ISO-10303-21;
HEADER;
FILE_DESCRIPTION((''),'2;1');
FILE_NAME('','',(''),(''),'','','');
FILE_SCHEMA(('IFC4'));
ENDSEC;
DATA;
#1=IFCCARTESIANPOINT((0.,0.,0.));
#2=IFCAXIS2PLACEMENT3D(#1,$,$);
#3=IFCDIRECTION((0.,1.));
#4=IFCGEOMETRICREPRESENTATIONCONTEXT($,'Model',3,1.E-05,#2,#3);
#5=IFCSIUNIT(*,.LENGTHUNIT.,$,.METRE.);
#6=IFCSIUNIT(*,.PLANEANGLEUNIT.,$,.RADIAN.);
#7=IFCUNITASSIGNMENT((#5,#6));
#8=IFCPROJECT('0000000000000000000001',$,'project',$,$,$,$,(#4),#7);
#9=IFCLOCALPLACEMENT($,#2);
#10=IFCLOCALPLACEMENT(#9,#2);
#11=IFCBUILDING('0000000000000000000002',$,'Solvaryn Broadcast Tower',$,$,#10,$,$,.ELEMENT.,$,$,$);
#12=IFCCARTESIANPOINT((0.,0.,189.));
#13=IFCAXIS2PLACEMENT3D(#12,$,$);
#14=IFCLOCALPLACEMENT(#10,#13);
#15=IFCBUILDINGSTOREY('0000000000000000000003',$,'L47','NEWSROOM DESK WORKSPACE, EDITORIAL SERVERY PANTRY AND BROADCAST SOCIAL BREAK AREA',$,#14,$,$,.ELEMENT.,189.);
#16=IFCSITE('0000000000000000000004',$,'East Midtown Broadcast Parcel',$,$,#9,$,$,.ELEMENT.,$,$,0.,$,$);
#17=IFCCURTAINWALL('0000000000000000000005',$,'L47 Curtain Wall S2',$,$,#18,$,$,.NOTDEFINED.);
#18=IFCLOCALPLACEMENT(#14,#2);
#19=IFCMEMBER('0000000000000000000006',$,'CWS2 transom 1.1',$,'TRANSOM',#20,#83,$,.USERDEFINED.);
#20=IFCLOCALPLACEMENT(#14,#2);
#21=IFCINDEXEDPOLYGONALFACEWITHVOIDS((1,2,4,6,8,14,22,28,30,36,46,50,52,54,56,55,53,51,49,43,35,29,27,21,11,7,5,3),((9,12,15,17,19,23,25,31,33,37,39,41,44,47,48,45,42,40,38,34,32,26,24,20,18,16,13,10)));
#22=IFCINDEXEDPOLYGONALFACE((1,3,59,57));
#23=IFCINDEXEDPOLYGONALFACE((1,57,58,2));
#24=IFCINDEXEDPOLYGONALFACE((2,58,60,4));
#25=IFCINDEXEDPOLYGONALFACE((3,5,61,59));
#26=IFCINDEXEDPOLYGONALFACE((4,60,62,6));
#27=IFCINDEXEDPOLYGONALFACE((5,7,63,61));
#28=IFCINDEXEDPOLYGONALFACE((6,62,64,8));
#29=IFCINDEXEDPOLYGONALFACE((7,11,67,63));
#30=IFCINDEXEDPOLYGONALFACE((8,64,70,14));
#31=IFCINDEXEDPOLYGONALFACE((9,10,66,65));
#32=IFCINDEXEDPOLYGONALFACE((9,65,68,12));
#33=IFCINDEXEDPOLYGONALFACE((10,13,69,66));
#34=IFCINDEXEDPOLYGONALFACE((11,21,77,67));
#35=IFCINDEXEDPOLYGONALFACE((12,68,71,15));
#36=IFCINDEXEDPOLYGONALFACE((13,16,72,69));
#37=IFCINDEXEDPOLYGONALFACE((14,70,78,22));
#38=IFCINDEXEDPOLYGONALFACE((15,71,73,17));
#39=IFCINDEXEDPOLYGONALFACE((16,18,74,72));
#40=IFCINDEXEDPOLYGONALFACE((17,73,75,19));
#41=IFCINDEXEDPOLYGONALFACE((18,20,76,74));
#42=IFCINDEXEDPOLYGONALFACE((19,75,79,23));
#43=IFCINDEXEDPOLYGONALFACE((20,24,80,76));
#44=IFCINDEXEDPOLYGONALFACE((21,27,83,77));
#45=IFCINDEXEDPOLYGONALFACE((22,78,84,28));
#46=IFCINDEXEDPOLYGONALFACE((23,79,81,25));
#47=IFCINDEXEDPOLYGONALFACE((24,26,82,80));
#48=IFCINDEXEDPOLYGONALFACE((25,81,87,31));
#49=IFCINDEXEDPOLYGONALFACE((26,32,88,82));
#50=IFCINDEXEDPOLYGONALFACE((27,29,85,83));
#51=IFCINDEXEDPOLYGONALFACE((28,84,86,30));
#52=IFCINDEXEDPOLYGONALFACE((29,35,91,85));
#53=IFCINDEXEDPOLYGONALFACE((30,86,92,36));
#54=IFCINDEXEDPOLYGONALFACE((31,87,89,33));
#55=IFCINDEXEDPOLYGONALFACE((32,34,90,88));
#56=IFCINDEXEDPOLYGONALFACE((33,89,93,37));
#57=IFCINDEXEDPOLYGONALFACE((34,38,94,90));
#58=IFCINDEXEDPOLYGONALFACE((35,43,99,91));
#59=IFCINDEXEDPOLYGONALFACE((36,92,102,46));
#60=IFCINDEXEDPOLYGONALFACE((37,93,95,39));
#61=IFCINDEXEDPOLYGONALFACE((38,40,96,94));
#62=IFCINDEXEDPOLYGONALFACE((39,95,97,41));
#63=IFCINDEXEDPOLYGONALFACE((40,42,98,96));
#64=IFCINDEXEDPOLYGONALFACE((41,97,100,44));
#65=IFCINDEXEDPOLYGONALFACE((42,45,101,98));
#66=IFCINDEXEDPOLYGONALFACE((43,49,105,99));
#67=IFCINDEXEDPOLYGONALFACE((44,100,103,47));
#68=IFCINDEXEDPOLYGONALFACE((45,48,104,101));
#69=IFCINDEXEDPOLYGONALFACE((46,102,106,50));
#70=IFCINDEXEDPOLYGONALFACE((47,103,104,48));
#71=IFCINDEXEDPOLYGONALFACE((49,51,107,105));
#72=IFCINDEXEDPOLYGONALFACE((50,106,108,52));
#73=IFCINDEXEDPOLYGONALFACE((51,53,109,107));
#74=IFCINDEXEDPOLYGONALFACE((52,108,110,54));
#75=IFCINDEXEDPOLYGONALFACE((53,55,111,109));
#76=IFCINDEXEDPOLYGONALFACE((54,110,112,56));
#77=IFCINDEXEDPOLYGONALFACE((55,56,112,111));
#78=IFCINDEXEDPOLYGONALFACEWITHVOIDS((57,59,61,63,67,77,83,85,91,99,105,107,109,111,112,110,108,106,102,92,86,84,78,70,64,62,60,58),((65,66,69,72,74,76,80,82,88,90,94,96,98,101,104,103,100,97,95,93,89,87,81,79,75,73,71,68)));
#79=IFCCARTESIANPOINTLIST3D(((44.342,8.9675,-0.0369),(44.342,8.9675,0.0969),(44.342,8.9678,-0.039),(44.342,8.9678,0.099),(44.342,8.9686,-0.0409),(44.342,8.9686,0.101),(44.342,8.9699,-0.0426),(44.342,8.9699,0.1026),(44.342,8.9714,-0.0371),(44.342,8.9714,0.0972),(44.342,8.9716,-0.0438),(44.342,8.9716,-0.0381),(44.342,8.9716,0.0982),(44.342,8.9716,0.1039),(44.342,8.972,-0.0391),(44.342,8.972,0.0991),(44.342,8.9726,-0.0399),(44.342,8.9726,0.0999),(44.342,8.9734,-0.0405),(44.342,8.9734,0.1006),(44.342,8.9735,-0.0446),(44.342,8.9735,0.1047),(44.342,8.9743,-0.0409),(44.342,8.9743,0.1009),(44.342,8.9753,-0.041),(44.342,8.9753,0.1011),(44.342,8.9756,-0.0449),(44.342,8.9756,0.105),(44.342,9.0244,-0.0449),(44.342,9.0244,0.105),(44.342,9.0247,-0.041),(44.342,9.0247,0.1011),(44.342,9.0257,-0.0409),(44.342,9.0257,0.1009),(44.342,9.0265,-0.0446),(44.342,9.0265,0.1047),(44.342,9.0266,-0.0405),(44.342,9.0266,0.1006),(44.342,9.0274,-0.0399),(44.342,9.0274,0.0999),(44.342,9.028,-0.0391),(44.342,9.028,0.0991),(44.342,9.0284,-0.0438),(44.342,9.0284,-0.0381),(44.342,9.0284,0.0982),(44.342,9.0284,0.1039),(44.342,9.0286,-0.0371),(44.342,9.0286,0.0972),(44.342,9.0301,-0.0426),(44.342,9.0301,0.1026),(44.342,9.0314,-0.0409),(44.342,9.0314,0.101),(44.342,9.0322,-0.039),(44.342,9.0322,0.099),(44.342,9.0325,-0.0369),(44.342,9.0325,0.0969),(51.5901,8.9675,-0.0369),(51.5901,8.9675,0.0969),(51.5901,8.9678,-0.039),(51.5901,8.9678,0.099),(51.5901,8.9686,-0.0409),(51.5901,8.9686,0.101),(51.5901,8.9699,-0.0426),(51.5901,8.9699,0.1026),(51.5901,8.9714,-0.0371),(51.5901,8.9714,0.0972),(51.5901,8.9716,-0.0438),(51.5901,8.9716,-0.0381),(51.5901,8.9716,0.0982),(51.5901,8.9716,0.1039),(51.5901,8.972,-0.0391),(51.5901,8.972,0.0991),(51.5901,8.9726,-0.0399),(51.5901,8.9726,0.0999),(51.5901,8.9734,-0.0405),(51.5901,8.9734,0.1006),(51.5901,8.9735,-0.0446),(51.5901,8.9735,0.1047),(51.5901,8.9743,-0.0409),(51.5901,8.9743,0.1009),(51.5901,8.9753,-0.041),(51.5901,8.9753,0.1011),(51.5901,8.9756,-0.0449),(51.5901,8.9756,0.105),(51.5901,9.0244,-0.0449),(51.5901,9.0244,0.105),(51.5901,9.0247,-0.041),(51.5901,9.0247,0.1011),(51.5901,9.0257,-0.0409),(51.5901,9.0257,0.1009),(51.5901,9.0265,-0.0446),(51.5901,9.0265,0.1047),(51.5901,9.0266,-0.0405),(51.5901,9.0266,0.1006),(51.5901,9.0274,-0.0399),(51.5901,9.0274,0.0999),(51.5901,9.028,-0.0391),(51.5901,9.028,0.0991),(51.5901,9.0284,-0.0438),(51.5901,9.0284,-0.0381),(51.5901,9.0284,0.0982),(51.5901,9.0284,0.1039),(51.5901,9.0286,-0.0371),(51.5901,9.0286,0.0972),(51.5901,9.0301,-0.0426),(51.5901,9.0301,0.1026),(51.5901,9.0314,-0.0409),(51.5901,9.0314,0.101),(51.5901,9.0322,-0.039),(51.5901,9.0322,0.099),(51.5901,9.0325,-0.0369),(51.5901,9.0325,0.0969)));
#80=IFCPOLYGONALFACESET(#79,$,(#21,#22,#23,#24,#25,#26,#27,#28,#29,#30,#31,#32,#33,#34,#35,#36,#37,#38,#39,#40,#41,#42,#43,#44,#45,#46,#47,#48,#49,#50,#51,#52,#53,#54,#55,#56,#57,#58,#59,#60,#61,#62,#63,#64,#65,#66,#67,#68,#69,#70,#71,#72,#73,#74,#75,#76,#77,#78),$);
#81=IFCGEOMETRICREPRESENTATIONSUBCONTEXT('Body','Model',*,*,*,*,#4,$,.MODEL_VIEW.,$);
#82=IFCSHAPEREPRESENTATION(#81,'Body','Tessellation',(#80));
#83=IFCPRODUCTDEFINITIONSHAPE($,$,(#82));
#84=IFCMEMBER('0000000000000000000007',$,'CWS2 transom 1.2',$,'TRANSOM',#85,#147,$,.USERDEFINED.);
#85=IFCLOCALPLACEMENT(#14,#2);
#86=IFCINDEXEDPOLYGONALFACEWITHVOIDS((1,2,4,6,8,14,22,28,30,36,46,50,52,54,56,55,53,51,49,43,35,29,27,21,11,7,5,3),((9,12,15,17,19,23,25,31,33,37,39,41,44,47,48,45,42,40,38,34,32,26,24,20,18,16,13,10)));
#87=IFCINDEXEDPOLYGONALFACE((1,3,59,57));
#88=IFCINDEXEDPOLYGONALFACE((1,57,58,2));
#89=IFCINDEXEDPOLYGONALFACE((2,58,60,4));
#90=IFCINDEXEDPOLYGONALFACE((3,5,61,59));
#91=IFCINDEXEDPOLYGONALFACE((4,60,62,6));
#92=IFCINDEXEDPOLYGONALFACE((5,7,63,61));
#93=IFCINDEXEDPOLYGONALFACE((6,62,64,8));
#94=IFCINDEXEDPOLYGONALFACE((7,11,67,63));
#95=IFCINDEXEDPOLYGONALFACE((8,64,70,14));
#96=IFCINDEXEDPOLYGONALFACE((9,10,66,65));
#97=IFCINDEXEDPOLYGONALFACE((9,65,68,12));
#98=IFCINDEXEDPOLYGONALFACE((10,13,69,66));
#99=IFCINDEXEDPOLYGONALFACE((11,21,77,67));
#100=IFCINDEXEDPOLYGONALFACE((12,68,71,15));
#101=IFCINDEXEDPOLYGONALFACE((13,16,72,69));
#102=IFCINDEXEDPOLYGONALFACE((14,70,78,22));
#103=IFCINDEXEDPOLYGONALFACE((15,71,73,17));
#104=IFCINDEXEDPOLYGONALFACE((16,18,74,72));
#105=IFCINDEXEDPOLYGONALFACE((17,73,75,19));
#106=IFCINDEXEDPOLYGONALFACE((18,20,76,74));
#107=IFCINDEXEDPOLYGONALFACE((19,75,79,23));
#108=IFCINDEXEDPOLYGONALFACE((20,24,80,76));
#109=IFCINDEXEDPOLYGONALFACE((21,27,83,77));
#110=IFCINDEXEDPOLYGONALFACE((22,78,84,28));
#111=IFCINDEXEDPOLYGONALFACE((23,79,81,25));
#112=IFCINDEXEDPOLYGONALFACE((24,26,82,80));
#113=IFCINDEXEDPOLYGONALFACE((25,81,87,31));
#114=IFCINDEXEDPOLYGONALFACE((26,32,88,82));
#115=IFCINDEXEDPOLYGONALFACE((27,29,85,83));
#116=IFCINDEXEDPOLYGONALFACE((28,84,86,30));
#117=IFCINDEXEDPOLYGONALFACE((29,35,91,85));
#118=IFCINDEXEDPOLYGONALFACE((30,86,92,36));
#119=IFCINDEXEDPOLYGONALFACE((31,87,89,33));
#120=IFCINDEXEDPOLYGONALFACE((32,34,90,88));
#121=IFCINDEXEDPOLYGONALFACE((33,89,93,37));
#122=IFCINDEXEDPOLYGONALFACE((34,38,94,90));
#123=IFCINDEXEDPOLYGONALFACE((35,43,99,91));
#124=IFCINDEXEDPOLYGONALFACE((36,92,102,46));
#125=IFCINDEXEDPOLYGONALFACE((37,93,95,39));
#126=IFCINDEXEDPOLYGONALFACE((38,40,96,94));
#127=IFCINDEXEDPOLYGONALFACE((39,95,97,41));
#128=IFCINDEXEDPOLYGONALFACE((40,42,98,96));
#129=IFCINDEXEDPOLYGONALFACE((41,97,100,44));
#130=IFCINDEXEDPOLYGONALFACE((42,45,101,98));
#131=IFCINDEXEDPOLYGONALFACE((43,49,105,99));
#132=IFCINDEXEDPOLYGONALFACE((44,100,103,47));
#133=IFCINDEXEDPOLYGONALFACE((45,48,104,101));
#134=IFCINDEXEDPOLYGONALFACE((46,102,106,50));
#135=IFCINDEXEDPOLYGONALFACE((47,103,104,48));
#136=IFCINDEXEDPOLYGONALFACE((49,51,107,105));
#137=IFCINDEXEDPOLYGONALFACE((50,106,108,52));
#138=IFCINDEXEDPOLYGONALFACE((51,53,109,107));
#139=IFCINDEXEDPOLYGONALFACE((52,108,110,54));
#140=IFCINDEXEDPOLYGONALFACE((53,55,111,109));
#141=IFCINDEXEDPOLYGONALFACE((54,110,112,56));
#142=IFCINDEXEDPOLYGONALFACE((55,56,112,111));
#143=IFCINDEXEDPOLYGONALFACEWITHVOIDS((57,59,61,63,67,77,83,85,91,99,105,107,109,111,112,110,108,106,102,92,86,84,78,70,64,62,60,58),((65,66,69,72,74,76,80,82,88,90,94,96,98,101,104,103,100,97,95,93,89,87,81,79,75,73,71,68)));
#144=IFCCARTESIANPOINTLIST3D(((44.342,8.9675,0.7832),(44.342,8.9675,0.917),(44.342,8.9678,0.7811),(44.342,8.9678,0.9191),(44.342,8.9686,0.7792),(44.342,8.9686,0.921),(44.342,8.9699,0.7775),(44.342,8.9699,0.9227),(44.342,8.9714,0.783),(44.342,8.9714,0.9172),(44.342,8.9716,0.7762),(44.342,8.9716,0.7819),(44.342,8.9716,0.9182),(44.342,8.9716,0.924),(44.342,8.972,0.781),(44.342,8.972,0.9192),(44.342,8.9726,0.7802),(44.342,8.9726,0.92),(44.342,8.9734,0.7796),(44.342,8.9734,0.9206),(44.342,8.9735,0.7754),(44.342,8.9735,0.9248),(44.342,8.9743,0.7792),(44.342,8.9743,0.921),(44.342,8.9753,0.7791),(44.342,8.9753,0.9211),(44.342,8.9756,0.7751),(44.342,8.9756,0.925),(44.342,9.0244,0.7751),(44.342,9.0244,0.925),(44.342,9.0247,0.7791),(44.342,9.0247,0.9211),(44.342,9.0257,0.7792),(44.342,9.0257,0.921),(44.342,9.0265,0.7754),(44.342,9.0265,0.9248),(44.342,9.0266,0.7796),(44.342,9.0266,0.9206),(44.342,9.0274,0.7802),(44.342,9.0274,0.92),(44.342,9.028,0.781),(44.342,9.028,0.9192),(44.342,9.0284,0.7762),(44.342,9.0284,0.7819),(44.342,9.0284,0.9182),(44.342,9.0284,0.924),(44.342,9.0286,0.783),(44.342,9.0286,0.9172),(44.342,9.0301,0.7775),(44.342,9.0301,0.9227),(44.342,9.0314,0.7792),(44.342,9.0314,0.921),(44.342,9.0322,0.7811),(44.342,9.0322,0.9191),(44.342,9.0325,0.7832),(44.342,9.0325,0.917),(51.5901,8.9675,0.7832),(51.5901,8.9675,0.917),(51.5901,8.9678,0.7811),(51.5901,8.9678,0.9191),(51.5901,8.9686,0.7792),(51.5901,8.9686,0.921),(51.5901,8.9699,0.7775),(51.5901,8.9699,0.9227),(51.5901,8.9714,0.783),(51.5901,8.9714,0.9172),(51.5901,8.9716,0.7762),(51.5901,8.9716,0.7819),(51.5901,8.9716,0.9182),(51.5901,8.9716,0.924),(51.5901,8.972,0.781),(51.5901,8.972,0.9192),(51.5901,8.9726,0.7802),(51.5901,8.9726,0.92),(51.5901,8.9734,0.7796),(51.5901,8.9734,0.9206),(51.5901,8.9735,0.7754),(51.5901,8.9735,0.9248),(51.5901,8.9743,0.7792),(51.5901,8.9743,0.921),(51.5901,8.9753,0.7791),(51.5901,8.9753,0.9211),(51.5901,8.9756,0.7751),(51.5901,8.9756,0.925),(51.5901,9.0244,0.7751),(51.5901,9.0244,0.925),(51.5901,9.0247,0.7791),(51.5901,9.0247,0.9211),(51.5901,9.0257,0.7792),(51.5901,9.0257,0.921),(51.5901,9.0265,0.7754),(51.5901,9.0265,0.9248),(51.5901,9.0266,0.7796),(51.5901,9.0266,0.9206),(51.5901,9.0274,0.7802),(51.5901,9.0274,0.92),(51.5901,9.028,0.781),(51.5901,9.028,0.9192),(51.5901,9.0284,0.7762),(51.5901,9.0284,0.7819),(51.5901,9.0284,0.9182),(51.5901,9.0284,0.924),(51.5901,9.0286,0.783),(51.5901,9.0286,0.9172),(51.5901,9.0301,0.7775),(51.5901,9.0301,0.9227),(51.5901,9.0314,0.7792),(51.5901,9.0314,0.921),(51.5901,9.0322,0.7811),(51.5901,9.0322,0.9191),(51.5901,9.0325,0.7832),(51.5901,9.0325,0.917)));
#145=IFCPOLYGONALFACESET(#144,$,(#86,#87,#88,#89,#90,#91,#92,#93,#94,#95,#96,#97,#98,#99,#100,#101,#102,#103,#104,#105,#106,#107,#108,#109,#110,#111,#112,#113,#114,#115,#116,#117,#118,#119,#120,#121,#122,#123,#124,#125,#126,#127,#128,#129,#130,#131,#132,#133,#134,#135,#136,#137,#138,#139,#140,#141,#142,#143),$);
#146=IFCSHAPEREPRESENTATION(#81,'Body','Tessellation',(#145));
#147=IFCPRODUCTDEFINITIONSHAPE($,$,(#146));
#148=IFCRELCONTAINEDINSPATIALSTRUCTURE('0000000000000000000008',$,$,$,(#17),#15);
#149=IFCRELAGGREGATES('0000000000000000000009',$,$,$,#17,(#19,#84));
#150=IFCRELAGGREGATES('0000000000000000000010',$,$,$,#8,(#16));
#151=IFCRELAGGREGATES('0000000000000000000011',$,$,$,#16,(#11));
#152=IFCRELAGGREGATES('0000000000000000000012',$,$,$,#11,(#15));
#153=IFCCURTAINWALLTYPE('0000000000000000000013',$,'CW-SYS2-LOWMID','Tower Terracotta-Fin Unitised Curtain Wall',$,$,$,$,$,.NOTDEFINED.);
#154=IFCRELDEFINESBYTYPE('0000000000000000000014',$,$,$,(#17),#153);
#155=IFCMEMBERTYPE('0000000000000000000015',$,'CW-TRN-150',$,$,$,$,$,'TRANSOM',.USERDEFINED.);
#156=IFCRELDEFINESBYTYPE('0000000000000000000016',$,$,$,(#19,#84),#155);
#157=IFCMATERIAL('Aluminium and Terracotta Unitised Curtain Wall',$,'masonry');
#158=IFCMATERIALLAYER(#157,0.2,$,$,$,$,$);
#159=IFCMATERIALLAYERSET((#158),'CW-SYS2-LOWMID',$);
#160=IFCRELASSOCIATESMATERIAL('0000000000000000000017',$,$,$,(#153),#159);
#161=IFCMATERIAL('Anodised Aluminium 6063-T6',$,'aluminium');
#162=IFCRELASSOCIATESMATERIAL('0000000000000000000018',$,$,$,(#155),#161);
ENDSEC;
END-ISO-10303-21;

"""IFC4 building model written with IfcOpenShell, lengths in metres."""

from ifc_helpers import new_model, si_unit, direction, frame, origin, origin_2d, place, context, subcontext, project, spatial, hollow_rectangle, extrude, material, layer, layer_set, material_profile, profile_set, type_object, element, aggregate, save


model = new_model("IFC4")

# Units and contexts
model_context = context("Model", 3, precision=1e-05, world=origin(), true_north=direction((0.0, 1.0)))
body_context = subcontext(model_context, "Body", "Model", "MODEL_VIEW")
ifc_project = project(units=[si_unit("LENGTHUNIT", "METRE"), si_unit("PLANEANGLEUNIT", "RADIAN")], contexts=[model_context])

# Site, building, storey
site_placement = place(None, origin())
site = spatial("IfcSite", under=ifc_project, at=site_placement, Name="East Midtown Broadcast Parcel", CompositionType="ELEMENT", RefElevation=0.0)
building_placement = place(site_placement, origin())
building = spatial("IfcBuilding", under=site, at=building_placement, Name="Solvaryn Broadcast Tower", CompositionType="ELEMENT")
storey_placement = place(building_placement, frame((0.0, 0.0, 189.0)))
storey = spatial("IfcBuildingStorey", under=building, at=storey_placement, Name="L47", Description="NEWSROOM DESK WORKSPACE, EDITORIAL SERVERY PANTRY AND BROADCAST SOCIAL BREAK AREA", CompositionType="ELEMENT", Elevation=189.0)

# Shared definitions
ifc_material_1 = material(Name="Aluminium and Terracotta Unitised Curtain Wall", Category="masonry")
ifc_layer_1 = layer(ifc_material_1, 0.2)
ifc_layer_set_1 = layer_set([ifc_layer_1], Name="CW-SYS2-LOWMID")
curtain_wall_type = type_object("IfcCurtainWallType", Name="CW-SYS2-LOWMID", Description="Tower Terracotta-Fin Unitised Curtain Wall", PredefinedType="NOTDEFINED", material=ifc_layer_set_1)

# Curtain wall, members
curtain_wall_1_placement = place(storey_placement, origin())
curtain_wall_1 = element("IfcCurtainWall", 1, at=curtain_wall_1_placement, inside=storey, type_object=curtain_wall_type, Name="L47 Curtain Wall S2", PredefinedType="NOTDEFINED")
ifc_material_2 = material(Name="Anodised Aluminium 6063-T6", Category="aluminium")
ifc_material_profile_1 = material_profile(ifc_material_2, hollow_rectangle(XDim=0.0649, YDim=0.1499, WallThickness=0.0039, InnerFilletRadius=0.0039, OuterFilletRadius=0.0081, at=origin_2d()))
ifc_profile_set_1 = profile_set([ifc_material_profile_1], Name="Anodised Aluminium 6063-T6")
member_type_1 = type_object("IfcMemberType", Name="CW-TRN-150", ElementType="TRANSOM", PredefinedType="USERDEFINED", material=ifc_profile_set_1)
member_1_placement = place(storey_placement, frame((44.342, 9.0, 0.03), z_axis=(1.0, 0.0, 0.0), x_axis=(0.0, 1.0, 0.0)))
member_1 = element("IfcMember", 2, at=member_1_placement, type_object=member_type_1, Name="CWS2 transom 1.1", ObjectType="TRANSOM", PredefinedType="USERDEFINED", context=body_context, shape_type="SweptSolid", body=[
    extrude(hollow_rectangle(XDim=0.0649, YDim=0.1499, WallThickness=0.0039, InnerFilletRadius=0.0039, OuterFilletRadius=0.0081, at=origin_2d()), origin(), (0.0, 0.0, 1.0), 7.248),
])
member_2_placement = place(storey_placement, frame((44.342, 9.0, 0.8501), z_axis=(1.0, 0.0, 0.0), x_axis=(0.0, 1.0, 0.0)))
member_2 = element("IfcMember", 3, at=member_2_placement, type_object=member_type_1, Name="CWS2 transom 1.2", ObjectType="TRANSOM", PredefinedType="USERDEFINED", context=body_context, shape_type="SweptSolid", body=[
    extrude(hollow_rectangle(XDim=0.0649, YDim=0.1499, WallThickness=0.0039, InnerFilletRadius=0.0039, OuterFilletRadius=0.0081, at=origin_2d()), origin(), (0.0, 0.0, 1.0), 7.248),
])
aggregate(curtain_wall_1, [member_1, member_2])

save(model, "model.ifc")
